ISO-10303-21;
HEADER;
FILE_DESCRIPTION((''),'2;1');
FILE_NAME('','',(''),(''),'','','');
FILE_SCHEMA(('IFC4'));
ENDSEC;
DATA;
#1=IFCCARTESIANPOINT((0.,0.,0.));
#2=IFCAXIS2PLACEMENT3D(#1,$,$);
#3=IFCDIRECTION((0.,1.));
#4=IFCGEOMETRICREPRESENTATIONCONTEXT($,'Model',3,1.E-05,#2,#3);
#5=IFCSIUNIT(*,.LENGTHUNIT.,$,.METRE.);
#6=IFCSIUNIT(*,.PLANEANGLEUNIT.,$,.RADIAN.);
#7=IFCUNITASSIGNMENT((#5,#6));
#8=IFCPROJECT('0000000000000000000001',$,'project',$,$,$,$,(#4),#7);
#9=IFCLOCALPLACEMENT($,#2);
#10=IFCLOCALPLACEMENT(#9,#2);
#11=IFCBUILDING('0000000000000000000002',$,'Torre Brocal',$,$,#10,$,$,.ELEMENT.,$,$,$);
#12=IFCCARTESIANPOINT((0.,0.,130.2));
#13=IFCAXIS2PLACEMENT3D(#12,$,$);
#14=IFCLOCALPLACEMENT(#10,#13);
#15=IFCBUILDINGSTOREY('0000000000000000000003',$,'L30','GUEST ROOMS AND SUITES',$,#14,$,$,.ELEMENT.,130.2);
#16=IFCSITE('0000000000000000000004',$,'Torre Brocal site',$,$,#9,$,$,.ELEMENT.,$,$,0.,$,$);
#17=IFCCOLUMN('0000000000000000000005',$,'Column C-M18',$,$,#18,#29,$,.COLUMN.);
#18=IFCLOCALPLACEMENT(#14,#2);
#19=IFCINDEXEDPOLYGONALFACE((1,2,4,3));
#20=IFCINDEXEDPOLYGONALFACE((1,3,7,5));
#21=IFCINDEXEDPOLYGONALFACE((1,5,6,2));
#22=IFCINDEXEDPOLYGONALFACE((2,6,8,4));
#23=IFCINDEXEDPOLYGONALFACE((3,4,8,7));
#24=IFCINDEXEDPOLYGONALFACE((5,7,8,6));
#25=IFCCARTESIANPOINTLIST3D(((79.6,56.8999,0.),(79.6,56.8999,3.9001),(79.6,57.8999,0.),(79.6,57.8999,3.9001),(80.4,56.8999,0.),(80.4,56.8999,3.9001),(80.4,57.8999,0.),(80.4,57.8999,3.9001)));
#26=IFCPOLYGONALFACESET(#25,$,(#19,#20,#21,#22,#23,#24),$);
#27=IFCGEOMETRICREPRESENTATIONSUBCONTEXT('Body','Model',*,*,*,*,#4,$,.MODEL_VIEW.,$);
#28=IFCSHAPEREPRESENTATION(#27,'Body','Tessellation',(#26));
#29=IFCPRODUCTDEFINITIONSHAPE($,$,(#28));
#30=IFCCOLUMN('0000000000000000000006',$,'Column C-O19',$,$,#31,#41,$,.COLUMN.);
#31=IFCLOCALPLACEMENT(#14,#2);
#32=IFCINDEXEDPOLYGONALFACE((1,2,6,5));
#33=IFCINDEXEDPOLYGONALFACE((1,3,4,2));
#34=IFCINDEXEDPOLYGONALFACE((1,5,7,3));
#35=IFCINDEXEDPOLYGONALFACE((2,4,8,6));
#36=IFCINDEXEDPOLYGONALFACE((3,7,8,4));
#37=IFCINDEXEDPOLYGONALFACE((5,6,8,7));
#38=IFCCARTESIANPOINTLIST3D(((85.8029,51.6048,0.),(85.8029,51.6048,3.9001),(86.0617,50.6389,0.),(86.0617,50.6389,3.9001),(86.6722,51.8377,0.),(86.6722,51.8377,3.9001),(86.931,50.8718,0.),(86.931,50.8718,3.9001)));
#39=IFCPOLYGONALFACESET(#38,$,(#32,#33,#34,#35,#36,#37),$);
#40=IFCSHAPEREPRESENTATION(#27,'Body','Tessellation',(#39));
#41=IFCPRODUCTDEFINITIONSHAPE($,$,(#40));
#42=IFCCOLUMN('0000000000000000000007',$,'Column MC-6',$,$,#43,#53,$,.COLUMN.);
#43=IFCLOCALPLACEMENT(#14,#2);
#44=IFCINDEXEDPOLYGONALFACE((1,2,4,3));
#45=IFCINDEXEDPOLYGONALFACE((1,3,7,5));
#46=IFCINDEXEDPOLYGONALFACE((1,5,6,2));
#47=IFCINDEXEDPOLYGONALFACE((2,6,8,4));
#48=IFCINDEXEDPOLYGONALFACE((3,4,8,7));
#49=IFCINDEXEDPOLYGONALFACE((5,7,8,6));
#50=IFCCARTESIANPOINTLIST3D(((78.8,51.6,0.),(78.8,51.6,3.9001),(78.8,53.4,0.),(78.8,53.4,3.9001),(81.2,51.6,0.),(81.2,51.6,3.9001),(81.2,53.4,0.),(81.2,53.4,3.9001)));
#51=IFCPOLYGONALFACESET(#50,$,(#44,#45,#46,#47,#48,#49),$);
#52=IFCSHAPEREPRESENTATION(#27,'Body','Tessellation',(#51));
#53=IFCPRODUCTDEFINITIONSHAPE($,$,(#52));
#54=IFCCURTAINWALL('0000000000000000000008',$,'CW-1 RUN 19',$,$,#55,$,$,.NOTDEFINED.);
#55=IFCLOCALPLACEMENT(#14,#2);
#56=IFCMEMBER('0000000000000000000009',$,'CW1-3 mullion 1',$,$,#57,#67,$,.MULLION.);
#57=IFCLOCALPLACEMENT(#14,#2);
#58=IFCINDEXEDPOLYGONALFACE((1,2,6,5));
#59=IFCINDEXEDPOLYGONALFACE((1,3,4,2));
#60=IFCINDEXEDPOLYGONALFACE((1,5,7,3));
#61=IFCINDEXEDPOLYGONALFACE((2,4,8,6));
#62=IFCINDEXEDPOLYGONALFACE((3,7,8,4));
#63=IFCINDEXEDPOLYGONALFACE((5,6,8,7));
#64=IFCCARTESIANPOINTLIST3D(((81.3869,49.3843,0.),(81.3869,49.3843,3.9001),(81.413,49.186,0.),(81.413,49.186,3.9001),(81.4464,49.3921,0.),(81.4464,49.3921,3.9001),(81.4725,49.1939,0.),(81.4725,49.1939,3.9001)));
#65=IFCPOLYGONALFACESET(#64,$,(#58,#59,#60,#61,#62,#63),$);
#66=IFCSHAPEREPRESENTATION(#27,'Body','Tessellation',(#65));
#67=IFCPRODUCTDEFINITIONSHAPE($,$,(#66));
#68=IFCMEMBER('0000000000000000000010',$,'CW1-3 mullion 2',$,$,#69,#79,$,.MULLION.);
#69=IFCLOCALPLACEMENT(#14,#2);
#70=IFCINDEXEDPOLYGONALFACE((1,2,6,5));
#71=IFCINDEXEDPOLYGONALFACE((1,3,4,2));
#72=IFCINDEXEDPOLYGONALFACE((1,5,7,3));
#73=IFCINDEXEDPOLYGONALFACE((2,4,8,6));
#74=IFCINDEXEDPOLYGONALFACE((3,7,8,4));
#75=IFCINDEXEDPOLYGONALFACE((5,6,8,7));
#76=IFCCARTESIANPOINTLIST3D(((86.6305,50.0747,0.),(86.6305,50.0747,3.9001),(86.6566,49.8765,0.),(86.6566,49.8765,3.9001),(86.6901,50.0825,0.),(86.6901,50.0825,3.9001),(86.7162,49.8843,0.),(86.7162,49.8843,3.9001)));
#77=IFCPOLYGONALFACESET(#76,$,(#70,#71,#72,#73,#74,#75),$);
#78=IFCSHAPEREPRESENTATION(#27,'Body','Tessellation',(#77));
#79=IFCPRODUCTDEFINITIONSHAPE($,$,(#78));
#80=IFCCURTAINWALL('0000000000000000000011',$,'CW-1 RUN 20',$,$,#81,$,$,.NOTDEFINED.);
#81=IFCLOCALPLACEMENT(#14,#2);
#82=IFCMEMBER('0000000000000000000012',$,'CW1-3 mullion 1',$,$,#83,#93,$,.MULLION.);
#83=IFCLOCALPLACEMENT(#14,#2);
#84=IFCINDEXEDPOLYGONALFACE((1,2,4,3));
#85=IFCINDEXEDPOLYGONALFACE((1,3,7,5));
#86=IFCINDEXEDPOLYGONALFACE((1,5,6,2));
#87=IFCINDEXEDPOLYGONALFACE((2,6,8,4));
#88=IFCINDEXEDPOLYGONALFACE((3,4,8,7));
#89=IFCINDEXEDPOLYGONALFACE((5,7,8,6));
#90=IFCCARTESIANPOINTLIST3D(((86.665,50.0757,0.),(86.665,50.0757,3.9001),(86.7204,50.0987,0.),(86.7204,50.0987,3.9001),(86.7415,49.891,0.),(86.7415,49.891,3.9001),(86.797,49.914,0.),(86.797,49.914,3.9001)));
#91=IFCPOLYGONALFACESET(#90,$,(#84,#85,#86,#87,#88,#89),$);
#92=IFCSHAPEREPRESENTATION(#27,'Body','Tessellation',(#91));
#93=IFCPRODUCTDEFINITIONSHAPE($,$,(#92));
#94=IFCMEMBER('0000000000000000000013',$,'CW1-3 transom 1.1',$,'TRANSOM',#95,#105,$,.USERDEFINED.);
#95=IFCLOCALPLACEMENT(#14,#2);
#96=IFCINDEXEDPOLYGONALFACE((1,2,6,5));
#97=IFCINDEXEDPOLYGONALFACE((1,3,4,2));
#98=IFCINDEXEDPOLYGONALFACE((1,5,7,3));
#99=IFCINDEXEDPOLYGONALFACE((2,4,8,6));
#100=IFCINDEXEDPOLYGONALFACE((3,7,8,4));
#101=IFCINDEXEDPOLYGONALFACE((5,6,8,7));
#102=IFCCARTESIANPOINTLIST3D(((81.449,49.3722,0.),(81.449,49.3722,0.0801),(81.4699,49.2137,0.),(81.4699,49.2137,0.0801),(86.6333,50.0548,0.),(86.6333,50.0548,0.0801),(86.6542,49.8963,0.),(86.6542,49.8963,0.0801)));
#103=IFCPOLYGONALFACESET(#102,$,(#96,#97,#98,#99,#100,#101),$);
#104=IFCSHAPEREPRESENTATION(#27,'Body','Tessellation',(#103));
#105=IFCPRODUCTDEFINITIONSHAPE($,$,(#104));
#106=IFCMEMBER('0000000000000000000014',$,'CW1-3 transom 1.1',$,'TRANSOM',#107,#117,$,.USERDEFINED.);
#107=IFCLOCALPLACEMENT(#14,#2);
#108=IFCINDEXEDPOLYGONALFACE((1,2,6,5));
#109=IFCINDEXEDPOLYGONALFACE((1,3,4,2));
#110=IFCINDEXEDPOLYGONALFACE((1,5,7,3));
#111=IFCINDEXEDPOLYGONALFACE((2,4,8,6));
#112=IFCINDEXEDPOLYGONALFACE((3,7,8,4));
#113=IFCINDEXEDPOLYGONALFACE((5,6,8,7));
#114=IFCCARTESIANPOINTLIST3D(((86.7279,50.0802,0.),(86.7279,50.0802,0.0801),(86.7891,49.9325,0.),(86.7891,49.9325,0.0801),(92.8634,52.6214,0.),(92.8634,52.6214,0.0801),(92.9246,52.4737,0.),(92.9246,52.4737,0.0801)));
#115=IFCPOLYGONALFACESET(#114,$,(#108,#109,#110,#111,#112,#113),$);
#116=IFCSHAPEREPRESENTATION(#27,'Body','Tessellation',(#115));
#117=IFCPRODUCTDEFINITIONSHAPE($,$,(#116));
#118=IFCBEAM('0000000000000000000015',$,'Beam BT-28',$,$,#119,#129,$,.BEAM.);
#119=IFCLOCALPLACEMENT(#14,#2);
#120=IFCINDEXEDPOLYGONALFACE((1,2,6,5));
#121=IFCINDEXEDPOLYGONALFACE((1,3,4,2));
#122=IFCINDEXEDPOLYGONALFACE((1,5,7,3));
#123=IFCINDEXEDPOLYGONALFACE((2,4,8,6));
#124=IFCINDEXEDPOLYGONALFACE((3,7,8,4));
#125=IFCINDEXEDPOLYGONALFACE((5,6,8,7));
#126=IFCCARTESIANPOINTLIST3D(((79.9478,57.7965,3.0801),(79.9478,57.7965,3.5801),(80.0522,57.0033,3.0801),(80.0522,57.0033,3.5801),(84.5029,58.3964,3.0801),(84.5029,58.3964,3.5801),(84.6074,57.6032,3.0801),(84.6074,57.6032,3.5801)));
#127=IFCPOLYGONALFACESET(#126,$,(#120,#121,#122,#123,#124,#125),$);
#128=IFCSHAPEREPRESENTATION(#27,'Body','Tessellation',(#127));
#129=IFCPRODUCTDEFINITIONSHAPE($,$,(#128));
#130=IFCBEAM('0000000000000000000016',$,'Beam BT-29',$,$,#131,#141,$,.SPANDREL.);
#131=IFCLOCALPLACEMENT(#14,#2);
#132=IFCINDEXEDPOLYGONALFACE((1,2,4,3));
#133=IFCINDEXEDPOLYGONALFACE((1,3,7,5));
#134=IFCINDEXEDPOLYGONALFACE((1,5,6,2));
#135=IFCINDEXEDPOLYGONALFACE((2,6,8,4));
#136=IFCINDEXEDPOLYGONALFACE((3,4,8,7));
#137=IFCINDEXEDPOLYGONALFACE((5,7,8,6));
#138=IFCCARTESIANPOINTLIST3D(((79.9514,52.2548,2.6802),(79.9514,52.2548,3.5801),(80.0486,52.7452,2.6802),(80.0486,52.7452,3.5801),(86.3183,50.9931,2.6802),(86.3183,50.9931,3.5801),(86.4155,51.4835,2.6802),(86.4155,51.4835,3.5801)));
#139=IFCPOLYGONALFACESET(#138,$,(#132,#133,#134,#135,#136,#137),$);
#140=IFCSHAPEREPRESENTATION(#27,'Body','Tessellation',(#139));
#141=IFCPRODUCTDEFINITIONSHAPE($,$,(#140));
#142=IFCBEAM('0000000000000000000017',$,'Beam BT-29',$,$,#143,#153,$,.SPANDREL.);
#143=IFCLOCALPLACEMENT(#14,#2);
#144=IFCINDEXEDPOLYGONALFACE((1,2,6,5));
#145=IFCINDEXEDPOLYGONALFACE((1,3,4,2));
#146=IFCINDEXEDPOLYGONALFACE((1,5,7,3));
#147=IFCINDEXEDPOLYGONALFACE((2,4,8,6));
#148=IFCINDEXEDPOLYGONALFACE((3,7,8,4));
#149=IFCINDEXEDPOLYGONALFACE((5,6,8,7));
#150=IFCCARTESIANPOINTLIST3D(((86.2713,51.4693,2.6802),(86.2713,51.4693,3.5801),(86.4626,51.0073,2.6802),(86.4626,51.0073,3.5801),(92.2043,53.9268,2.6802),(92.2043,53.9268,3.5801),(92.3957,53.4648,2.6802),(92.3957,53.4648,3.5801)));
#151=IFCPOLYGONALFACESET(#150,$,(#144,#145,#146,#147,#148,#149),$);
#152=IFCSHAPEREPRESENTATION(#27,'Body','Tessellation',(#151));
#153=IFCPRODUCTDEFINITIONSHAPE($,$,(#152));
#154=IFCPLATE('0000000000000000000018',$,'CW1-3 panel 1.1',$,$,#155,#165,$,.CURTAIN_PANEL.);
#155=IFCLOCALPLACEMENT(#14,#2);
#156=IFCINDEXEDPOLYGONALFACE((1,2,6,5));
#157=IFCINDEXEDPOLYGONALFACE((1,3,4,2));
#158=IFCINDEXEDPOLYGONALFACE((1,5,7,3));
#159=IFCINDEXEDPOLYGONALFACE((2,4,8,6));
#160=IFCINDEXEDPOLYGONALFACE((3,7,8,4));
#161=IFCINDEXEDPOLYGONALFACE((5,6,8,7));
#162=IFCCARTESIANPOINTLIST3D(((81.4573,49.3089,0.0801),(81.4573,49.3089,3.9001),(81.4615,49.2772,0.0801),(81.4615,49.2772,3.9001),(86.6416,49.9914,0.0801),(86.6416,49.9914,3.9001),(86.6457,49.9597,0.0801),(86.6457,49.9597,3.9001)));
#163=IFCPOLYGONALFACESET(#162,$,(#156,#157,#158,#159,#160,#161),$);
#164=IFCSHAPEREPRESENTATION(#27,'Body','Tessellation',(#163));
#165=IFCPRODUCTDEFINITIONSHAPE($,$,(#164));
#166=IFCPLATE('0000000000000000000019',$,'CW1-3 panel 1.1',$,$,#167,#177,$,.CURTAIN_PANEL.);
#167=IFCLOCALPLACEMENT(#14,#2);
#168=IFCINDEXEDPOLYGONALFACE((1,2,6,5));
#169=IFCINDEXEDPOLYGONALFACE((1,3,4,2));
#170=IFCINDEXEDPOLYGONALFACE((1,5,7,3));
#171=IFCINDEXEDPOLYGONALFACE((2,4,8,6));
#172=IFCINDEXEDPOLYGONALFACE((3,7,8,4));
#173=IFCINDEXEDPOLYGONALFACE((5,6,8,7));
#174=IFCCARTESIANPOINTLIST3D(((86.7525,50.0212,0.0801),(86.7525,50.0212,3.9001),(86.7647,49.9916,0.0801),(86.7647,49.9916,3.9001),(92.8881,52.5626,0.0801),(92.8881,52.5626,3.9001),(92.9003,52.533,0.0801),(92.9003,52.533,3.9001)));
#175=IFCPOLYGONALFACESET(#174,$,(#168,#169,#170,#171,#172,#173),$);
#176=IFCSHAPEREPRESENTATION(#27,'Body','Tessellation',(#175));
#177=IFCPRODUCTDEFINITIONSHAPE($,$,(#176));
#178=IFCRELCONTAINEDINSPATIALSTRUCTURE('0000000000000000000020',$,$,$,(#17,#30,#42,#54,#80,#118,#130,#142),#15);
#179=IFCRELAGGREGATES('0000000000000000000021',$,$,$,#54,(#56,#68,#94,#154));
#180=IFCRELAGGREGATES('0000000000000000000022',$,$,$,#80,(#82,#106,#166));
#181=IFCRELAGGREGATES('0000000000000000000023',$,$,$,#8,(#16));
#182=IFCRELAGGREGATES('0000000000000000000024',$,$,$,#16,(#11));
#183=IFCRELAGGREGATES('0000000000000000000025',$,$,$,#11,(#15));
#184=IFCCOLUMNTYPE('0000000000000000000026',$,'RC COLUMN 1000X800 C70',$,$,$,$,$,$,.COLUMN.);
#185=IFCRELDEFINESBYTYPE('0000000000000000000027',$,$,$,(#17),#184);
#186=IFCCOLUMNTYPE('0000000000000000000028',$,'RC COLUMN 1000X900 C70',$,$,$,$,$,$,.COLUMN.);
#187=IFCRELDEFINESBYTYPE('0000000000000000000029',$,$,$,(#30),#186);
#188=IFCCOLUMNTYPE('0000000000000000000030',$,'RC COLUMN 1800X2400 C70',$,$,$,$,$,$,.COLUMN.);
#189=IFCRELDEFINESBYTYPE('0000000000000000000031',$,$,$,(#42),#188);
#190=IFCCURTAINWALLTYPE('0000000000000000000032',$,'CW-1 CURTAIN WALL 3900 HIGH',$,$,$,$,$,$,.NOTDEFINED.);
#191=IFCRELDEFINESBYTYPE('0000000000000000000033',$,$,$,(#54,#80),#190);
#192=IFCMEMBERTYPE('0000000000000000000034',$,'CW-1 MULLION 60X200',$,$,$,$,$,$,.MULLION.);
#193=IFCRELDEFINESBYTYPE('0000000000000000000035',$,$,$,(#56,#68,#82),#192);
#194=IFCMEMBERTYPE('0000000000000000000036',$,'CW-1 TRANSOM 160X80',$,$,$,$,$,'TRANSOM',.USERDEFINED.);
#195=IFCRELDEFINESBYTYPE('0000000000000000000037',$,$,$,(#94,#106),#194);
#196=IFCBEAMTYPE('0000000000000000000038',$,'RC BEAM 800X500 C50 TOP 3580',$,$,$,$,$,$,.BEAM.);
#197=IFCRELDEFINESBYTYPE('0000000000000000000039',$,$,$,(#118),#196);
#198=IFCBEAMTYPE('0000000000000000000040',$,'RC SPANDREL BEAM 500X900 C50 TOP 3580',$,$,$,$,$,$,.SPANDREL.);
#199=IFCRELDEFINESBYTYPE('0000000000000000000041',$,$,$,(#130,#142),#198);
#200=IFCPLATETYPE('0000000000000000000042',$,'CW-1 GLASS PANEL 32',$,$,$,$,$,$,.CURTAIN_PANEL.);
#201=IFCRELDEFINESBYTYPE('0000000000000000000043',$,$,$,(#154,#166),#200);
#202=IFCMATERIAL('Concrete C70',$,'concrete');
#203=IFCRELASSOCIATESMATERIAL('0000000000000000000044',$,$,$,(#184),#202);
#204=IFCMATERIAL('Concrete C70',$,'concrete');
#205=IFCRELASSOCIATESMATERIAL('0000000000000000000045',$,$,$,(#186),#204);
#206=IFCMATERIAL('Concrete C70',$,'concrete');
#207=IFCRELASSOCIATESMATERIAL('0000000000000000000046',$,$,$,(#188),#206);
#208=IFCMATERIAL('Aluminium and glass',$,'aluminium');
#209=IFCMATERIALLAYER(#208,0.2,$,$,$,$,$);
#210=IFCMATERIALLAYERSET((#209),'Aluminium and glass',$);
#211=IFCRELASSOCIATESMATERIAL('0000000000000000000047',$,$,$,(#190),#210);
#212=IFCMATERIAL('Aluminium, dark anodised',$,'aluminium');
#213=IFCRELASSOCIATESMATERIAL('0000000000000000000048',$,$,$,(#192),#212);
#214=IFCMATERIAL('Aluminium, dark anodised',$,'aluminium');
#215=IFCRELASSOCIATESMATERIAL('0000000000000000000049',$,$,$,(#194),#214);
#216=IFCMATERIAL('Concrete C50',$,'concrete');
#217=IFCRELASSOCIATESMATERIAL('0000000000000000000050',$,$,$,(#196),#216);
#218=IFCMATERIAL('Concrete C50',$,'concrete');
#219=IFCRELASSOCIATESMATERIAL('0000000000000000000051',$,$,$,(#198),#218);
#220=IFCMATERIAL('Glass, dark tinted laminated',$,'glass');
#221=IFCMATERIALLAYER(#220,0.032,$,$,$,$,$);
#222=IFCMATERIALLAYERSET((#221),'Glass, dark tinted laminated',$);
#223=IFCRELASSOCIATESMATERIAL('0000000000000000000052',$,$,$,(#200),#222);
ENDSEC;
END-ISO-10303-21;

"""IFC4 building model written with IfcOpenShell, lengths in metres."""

from ifc_helpers import new_model, si_unit, direction, frame, origin, origin_2d, place, context, subcontext, project, spatial, rectangle, extrude, material, layer, layer_set, material_profile, profile_set, type_object, element, aggregate, save


model = new_model("IFC4")

# Units and contexts
model_context = context("Model", 3, precision=1e-05, world=origin(), true_north=direction((0.0, 1.0)))
body_context = subcontext(model_context, "Body", "Model", "MODEL_VIEW")
ifc_project = project(units=[si_unit("LENGTHUNIT", "METRE"), si_unit("PLANEANGLEUNIT", "RADIAN")], contexts=[model_context])

# Site, building, storey
site_placement = place(None, origin())
site = spatial("IfcSite", under=ifc_project, at=site_placement, Name="Torre Brocal site", CompositionType="ELEMENT", RefElevation=0.0)
building_placement = place(site_placement, origin())
building = spatial("IfcBuilding", under=site, at=building_placement, Name="Torre Brocal", CompositionType="ELEMENT")
storey_placement = place(building_placement, frame((0.0, 0.0, 130.2)))
storey = spatial("IfcBuildingStorey", under=building, at=storey_placement, Name="L30", Description="GUEST ROOMS AND SUITES", CompositionType="ELEMENT", Elevation=130.2)

# Columns
ifc_material_1 = material(Name="Concrete C70", Category="concrete")
ifc_material_profile_1 = material_profile(ifc_material_1, rectangle(XDim=1.0, YDim=0.8, at=origin_2d()), Name="RC 1000X800")
ifc_profile_set_1 = profile_set([ifc_material_profile_1], Name="Concrete C70")
column_type_1 = type_object("IfcColumnType", Name="RC COLUMN 1000X800 C70", PredefinedType="COLUMN", material=ifc_profile_set_1)
column_1_placement = place(storey_placement, frame((80.0, 57.3999, 0.0), z_axis=(0.0, 0.0, 1.0), x_axis=(0.0, -1.0, 0.0)))
element("IfcColumn", 1, at=column_1_placement, inside=storey, type_object=column_type_1, Name="Column C-M18", PredefinedType="COLUMN", context=body_context, shape_type="SweptSolid", body=[
    extrude(rectangle(XDim=1.0, YDim=0.8, at=origin_2d()), origin(), (0.0, 0.0, 1.0), 3.9001),
])
ifc_material_2 = material(Name="Concrete C70", Category="concrete")
ifc_material_profile_2 = material_profile(ifc_material_2, rectangle(XDim=1.0, YDim=0.8999, at=origin_2d()), Name="RC 1000X900")
ifc_profile_set_2 = profile_set([ifc_material_profile_2], Name="Concrete C70")
column_type_2 = type_object("IfcColumnType", Name="RC COLUMN 1000X900 C70", PredefinedType="COLUMN", material=ifc_profile_set_2)
column_2_placement = place(storey_placement, frame((86.3669, 51.2383, 0.0), z_axis=(0.0, 0.0, 1.0), x_axis=(0.258819, -0.965926, 0.0)))
element("IfcColumn", 2, at=column_2_placement, inside=storey, type_object=column_type_2, Name="Column C-O19", PredefinedType="COLUMN", context=body_context, shape_type="SweptSolid", body=[
    extrude(rectangle(XDim=1.0, YDim=0.8999, at=origin_2d()), origin(), (0.0, 0.0, 1.0), 3.9001),
])
ifc_material_3 = material(Name="Concrete C70", Category="concrete")
ifc_material_profile_3 = material_profile(ifc_material_3, rectangle(XDim=1.8, YDim=2.3999, at=origin_2d()), Name="RC 1800X2400")
ifc_profile_set_3 = profile_set([ifc_material_profile_3], Name="Concrete C70")
column_type_3 = type_object("IfcColumnType", Name="RC COLUMN 1800X2400 C70", PredefinedType="COLUMN", material=ifc_profile_set_3)
column_3_placement = place(storey_placement, frame((80.0, 52.5, 0.0), z_axis=(0.0, 0.0, 1.0), x_axis=(0.0, -1.0, 0.0)))
element("IfcColumn", 3, at=column_3_placement, inside=storey, type_object=column_type_3, Name="Column MC-6", PredefinedType="COLUMN", context=body_context, shape_type="SweptSolid", body=[
    extrude(rectangle(XDim=1.8, YDim=2.3999, at=origin_2d()), origin(), (0.0, 0.0, 1.0), 3.9001),
])

# Curtain wall, members
ifc_material_4 = material(Name="Aluminium and glass", Category="aluminium")
ifc_layer_1 = layer(ifc_material_4, 0.2)
ifc_layer_set_1 = layer_set([ifc_layer_1], Name="Aluminium and glass")
curtain_wall_type = type_object("IfcCurtainWallType", Name="CW-1 CURTAIN WALL 3900 HIGH", PredefinedType="NOTDEFINED", material=ifc_layer_set_1)
curtain_wall_1_placement = place(storey_placement, origin())
curtain_wall_1 = element("IfcCurtainWall", 4, at=curtain_wall_1_placement, inside=storey, type_object=curtain_wall_type, Name="CW-1 RUN 19", PredefinedType="NOTDEFINED")
ifc_material_5 = material(Name="Aluminium, dark anodised", Category="aluminium")
ifc_material_profile_4 = material_profile(ifc_material_5, rectangle(XDim=0.2, YDim=0.0601, at=origin_2d()), Name="CW-1 MULLION 60X200")
ifc_profile_set_4 = profile_set([ifc_material_profile_4], Name="Aluminium, dark anodised")
member_type_1 = type_object("IfcMemberType", Name="CW-1 MULLION 60X200", PredefinedType="MULLION", material=ifc_profile_set_4)
member_1_placement = place(storey_placement, frame((81.4297, 49.2891, 0.0), z_axis=(0.0, 0.0, 1.0), x_axis=(-0.130526, 0.991445, 0.0)))
member_1 = element("IfcMember", 5, at=member_1_placement, type_object=member_type_1, Name="CW1-3 mullion 1", PredefinedType="MULLION", context=body_context, shape_type="SweptSolid", body=[
    extrude(rectangle(XDim=0.2, YDim=0.0601, at=origin_2d()), origin(), (0.0, 0.0, 1.0), 3.9001),
])
member_2_placement = place(storey_placement, frame((86.6733, 49.9795, 0.0), z_axis=(0.0, 0.0, 1.0), x_axis=(-0.130526, 0.991445, 0.0)))
member_2 = element("IfcMember", 6, at=member_2_placement, type_object=member_type_1, Name="CW1-3 mullion 2", PredefinedType="MULLION", context=body_context, shape_type="SweptSolid", body=[
    extrude(rectangle(XDim=0.2, YDim=0.0601, at=origin_2d()), origin(), (0.0, 0.0, 1.0), 3.9001),
])

# Curtain wall, member
curtain_wall_2_placement = place(storey_placement, origin())
curtain_wall_2 = element("IfcCurtainWall", 7, at=curtain_wall_2_placement, inside=storey, type_object=curtain_wall_type, Name="CW-1 RUN 20", PredefinedType="NOTDEFINED")
member_3_placement = place(storey_placement, frame((86.731, 49.9949, 0.0), z_axis=(0.0, 0.0, 1.0), x_axis=(-0.382683, 0.92388, 0.0)))
member_3 = element("IfcMember", 8, at=member_3_placement, type_object=member_type_1, Name="CW1-3 mullion 1", PredefinedType="MULLION", context=body_context, shape_type="SweptSolid", body=[
    extrude(rectangle(XDim=0.2, YDim=0.0601, at=origin_2d()), origin(), (0.0, 0.0, 1.0), 3.9001),
])

# Members
ifc_material_6 = material(Name="Aluminium, dark anodised", Category="aluminium")
ifc_material_profile_5 = material_profile(ifc_material_6, rectangle(XDim=0.1599, YDim=0.0801, at=origin_2d()), Name="CW-1 TRANSOM 160X80")
ifc_profile_set_5 = profile_set([ifc_material_profile_5], Name="Aluminium, dark anodised")
member_type_2 = type_object("IfcMemberType", Name="CW-1 TRANSOM 160X80", ElementType="TRANSOM", PredefinedType="USERDEFINED", material=ifc_profile_set_5)
member_4_placement = place(storey_placement, frame((81.4595, 49.293, 0.04), z_axis=(0.991443, 0.130543, 0.0), x_axis=(-0.130543, 0.991443, 0.0)))
member_4 = element("IfcMember", 9, at=member_4_placement, type_object=member_type_2, Name="CW1-3 transom 1.1", ObjectType="TRANSOM", PredefinedType="USERDEFINED", context=body_context, shape_type="SweptSolid", body=[
    extrude(rectangle(XDim=0.1599, YDim=0.0801, at=origin_2d()), origin(), (0.0, 0.0, 1.0), 5.229),
])
member_5_placement = place(storey_placement, frame((86.7585, 50.0063, 0.04), z_axis=(0.923887, 0.382665, 0.0), x_axis=(-0.382665, 0.923887, 0.0)))
member_5 = element("IfcMember", 10, at=member_5_placement, type_object=member_type_2, Name="CW1-3 transom 1.1", ObjectType="TRANSOM", PredefinedType="USERDEFINED", context=body_context, shape_type="SweptSolid", body=[
    extrude(rectangle(XDim=0.1599, YDim=0.0801, at=origin_2d()), origin(), (0.0, 0.0, 1.0), 6.6409),
])

# Beams
ifc_material_7 = material(Name="Concrete C50", Category="concrete")
ifc_material_profile_6 = material_profile(ifc_material_7, rectangle(XDim=0.8, YDim=0.5, at=origin_2d()), Name="RC 800X500")
ifc_profile_set_6 = profile_set([ifc_material_profile_6], Name="Concrete C50")
beam_type_1 = type_object("IfcBeamType", Name="RC BEAM 800X500 C50 TOP 3580", PredefinedType="BEAM", material=ifc_profile_set_6)
beam_1_placement = place(storey_placement, frame((80.0, 57.3999, 3.3301), z_axis=(0.991441, 0.130559, 0.0), x_axis=(-0.130559, 0.991441, 0.0)))
element("IfcBeam", 11, at=beam_1_placement, inside=storey, type_object=beam_type_1, Name="Beam BT-28", PredefinedType="BEAM", context=body_context, shape_type="SweptSolid", body=[
    extrude(rectangle(XDim=0.8, YDim=0.5, at=origin_2d()), origin(), (0.0, 0.0, 1.0), 4.5945),
])
ifc_material_8 = material(Name="Concrete C50", Category="concrete")
ifc_material_profile_7 = material_profile(ifc_material_8, rectangle(XDim=0.5, YDim=0.8999, at=origin_2d()), Name="RC 500X900")
ifc_profile_set_7 = profile_set([ifc_material_profile_7], Name="Concrete C50")
beam_type_2 = type_object("IfcBeamType", Name="RC SPANDREL BEAM 500X900 C50 TOP 3580", PredefinedType="SPANDREL", material=ifc_profile_set_7)
beam_2_placement = place(storey_placement, frame((80.0, 52.5, 3.1301), z_axis=(0.980925, -0.194387, 0.0), x_axis=(0.194387, 0.980925, 0.0)))
element("IfcBeam", 12, at=beam_2_placement, inside=storey, type_object=beam_type_2, Name="Beam BT-29", PredefinedType="SPANDREL", context=body_context, shape_type="SweptSolid", body=[
    extrude(rectangle(XDim=0.5, YDim=0.8999, at=origin_2d()), origin(), (0.0, 0.0, 1.0), 6.4907),
])
beam_3_placement = place(storey_placement, frame((86.3669, 51.2383, 3.1301), z_axis=(0.923882, 0.382676, 0.0), x_axis=(-0.382676, 0.923882, 0.0)))
element("IfcBeam", 13, at=beam_3_placement, inside=storey, type_object=beam_type_2, Name="Beam BT-29", PredefinedType="SPANDREL", context=body_context, shape_type="SweptSolid", body=[
    extrude(rectangle(XDim=0.5, YDim=0.8999, at=origin_2d()), origin(), (0.0, 0.0, 1.0), 6.4219),
])

# Plates
ifc_material_9 = material(Name="Glass, dark tinted laminated", Category="glass")
ifc_layer_2 = layer(ifc_material_9, 0.032)
ifc_layer_set_2 = layer_set([ifc_layer_2], Name="Glass, dark tinted laminated")
plate_type = type_object("IfcPlateType", Name="CW-1 GLASS PANEL 32", PredefinedType="CURTAIN_PANEL", material=ifc_layer_set_2)
plate_1_placement = place(storey_placement, frame((84.0515, 49.6343, 0.0801), z_axis=(0.0, 0.0, 1.0), x_axis=(0.991445, 0.130526, 0.0)))
plate_1 = element("IfcPlate", 14, at=plate_1_placement, type_object=plate_type, Name="CW1-3 panel 1.1", PredefinedType="CURTAIN_PANEL", context=body_context, shape_type="SweptSolid", body=[
    extrude(rectangle(XDim=5.229, YDim=0.032, at=origin_2d()), origin(), (0.0, 0.0, 1.0), 3.8201),
])
aggregate(curtain_wall_1, [member_1, member_2, member_4, plate_1])
plate_2_placement = place(storey_placement, frame((89.8264, 51.2771, 0.0801), z_axis=(0.0, 0.0, 1.0), x_axis=(0.92388, 0.382683, 0.0)))
plate_2 = element("IfcPlate", 15, at=plate_2_placement, type_object=plate_type, Name="CW1-3 panel 1.1", PredefinedType="CURTAIN_PANEL", context=body_context, shape_type="SweptSolid", body=[
    extrude(rectangle(XDim=6.6411, YDim=0.032, at=origin_2d()), origin(), (0.0, 0.0, 1.0), 3.8201),
])
aggregate(curtain_wall_2, [member_3, member_5, plate_2])

save(model, "model.ifc")
